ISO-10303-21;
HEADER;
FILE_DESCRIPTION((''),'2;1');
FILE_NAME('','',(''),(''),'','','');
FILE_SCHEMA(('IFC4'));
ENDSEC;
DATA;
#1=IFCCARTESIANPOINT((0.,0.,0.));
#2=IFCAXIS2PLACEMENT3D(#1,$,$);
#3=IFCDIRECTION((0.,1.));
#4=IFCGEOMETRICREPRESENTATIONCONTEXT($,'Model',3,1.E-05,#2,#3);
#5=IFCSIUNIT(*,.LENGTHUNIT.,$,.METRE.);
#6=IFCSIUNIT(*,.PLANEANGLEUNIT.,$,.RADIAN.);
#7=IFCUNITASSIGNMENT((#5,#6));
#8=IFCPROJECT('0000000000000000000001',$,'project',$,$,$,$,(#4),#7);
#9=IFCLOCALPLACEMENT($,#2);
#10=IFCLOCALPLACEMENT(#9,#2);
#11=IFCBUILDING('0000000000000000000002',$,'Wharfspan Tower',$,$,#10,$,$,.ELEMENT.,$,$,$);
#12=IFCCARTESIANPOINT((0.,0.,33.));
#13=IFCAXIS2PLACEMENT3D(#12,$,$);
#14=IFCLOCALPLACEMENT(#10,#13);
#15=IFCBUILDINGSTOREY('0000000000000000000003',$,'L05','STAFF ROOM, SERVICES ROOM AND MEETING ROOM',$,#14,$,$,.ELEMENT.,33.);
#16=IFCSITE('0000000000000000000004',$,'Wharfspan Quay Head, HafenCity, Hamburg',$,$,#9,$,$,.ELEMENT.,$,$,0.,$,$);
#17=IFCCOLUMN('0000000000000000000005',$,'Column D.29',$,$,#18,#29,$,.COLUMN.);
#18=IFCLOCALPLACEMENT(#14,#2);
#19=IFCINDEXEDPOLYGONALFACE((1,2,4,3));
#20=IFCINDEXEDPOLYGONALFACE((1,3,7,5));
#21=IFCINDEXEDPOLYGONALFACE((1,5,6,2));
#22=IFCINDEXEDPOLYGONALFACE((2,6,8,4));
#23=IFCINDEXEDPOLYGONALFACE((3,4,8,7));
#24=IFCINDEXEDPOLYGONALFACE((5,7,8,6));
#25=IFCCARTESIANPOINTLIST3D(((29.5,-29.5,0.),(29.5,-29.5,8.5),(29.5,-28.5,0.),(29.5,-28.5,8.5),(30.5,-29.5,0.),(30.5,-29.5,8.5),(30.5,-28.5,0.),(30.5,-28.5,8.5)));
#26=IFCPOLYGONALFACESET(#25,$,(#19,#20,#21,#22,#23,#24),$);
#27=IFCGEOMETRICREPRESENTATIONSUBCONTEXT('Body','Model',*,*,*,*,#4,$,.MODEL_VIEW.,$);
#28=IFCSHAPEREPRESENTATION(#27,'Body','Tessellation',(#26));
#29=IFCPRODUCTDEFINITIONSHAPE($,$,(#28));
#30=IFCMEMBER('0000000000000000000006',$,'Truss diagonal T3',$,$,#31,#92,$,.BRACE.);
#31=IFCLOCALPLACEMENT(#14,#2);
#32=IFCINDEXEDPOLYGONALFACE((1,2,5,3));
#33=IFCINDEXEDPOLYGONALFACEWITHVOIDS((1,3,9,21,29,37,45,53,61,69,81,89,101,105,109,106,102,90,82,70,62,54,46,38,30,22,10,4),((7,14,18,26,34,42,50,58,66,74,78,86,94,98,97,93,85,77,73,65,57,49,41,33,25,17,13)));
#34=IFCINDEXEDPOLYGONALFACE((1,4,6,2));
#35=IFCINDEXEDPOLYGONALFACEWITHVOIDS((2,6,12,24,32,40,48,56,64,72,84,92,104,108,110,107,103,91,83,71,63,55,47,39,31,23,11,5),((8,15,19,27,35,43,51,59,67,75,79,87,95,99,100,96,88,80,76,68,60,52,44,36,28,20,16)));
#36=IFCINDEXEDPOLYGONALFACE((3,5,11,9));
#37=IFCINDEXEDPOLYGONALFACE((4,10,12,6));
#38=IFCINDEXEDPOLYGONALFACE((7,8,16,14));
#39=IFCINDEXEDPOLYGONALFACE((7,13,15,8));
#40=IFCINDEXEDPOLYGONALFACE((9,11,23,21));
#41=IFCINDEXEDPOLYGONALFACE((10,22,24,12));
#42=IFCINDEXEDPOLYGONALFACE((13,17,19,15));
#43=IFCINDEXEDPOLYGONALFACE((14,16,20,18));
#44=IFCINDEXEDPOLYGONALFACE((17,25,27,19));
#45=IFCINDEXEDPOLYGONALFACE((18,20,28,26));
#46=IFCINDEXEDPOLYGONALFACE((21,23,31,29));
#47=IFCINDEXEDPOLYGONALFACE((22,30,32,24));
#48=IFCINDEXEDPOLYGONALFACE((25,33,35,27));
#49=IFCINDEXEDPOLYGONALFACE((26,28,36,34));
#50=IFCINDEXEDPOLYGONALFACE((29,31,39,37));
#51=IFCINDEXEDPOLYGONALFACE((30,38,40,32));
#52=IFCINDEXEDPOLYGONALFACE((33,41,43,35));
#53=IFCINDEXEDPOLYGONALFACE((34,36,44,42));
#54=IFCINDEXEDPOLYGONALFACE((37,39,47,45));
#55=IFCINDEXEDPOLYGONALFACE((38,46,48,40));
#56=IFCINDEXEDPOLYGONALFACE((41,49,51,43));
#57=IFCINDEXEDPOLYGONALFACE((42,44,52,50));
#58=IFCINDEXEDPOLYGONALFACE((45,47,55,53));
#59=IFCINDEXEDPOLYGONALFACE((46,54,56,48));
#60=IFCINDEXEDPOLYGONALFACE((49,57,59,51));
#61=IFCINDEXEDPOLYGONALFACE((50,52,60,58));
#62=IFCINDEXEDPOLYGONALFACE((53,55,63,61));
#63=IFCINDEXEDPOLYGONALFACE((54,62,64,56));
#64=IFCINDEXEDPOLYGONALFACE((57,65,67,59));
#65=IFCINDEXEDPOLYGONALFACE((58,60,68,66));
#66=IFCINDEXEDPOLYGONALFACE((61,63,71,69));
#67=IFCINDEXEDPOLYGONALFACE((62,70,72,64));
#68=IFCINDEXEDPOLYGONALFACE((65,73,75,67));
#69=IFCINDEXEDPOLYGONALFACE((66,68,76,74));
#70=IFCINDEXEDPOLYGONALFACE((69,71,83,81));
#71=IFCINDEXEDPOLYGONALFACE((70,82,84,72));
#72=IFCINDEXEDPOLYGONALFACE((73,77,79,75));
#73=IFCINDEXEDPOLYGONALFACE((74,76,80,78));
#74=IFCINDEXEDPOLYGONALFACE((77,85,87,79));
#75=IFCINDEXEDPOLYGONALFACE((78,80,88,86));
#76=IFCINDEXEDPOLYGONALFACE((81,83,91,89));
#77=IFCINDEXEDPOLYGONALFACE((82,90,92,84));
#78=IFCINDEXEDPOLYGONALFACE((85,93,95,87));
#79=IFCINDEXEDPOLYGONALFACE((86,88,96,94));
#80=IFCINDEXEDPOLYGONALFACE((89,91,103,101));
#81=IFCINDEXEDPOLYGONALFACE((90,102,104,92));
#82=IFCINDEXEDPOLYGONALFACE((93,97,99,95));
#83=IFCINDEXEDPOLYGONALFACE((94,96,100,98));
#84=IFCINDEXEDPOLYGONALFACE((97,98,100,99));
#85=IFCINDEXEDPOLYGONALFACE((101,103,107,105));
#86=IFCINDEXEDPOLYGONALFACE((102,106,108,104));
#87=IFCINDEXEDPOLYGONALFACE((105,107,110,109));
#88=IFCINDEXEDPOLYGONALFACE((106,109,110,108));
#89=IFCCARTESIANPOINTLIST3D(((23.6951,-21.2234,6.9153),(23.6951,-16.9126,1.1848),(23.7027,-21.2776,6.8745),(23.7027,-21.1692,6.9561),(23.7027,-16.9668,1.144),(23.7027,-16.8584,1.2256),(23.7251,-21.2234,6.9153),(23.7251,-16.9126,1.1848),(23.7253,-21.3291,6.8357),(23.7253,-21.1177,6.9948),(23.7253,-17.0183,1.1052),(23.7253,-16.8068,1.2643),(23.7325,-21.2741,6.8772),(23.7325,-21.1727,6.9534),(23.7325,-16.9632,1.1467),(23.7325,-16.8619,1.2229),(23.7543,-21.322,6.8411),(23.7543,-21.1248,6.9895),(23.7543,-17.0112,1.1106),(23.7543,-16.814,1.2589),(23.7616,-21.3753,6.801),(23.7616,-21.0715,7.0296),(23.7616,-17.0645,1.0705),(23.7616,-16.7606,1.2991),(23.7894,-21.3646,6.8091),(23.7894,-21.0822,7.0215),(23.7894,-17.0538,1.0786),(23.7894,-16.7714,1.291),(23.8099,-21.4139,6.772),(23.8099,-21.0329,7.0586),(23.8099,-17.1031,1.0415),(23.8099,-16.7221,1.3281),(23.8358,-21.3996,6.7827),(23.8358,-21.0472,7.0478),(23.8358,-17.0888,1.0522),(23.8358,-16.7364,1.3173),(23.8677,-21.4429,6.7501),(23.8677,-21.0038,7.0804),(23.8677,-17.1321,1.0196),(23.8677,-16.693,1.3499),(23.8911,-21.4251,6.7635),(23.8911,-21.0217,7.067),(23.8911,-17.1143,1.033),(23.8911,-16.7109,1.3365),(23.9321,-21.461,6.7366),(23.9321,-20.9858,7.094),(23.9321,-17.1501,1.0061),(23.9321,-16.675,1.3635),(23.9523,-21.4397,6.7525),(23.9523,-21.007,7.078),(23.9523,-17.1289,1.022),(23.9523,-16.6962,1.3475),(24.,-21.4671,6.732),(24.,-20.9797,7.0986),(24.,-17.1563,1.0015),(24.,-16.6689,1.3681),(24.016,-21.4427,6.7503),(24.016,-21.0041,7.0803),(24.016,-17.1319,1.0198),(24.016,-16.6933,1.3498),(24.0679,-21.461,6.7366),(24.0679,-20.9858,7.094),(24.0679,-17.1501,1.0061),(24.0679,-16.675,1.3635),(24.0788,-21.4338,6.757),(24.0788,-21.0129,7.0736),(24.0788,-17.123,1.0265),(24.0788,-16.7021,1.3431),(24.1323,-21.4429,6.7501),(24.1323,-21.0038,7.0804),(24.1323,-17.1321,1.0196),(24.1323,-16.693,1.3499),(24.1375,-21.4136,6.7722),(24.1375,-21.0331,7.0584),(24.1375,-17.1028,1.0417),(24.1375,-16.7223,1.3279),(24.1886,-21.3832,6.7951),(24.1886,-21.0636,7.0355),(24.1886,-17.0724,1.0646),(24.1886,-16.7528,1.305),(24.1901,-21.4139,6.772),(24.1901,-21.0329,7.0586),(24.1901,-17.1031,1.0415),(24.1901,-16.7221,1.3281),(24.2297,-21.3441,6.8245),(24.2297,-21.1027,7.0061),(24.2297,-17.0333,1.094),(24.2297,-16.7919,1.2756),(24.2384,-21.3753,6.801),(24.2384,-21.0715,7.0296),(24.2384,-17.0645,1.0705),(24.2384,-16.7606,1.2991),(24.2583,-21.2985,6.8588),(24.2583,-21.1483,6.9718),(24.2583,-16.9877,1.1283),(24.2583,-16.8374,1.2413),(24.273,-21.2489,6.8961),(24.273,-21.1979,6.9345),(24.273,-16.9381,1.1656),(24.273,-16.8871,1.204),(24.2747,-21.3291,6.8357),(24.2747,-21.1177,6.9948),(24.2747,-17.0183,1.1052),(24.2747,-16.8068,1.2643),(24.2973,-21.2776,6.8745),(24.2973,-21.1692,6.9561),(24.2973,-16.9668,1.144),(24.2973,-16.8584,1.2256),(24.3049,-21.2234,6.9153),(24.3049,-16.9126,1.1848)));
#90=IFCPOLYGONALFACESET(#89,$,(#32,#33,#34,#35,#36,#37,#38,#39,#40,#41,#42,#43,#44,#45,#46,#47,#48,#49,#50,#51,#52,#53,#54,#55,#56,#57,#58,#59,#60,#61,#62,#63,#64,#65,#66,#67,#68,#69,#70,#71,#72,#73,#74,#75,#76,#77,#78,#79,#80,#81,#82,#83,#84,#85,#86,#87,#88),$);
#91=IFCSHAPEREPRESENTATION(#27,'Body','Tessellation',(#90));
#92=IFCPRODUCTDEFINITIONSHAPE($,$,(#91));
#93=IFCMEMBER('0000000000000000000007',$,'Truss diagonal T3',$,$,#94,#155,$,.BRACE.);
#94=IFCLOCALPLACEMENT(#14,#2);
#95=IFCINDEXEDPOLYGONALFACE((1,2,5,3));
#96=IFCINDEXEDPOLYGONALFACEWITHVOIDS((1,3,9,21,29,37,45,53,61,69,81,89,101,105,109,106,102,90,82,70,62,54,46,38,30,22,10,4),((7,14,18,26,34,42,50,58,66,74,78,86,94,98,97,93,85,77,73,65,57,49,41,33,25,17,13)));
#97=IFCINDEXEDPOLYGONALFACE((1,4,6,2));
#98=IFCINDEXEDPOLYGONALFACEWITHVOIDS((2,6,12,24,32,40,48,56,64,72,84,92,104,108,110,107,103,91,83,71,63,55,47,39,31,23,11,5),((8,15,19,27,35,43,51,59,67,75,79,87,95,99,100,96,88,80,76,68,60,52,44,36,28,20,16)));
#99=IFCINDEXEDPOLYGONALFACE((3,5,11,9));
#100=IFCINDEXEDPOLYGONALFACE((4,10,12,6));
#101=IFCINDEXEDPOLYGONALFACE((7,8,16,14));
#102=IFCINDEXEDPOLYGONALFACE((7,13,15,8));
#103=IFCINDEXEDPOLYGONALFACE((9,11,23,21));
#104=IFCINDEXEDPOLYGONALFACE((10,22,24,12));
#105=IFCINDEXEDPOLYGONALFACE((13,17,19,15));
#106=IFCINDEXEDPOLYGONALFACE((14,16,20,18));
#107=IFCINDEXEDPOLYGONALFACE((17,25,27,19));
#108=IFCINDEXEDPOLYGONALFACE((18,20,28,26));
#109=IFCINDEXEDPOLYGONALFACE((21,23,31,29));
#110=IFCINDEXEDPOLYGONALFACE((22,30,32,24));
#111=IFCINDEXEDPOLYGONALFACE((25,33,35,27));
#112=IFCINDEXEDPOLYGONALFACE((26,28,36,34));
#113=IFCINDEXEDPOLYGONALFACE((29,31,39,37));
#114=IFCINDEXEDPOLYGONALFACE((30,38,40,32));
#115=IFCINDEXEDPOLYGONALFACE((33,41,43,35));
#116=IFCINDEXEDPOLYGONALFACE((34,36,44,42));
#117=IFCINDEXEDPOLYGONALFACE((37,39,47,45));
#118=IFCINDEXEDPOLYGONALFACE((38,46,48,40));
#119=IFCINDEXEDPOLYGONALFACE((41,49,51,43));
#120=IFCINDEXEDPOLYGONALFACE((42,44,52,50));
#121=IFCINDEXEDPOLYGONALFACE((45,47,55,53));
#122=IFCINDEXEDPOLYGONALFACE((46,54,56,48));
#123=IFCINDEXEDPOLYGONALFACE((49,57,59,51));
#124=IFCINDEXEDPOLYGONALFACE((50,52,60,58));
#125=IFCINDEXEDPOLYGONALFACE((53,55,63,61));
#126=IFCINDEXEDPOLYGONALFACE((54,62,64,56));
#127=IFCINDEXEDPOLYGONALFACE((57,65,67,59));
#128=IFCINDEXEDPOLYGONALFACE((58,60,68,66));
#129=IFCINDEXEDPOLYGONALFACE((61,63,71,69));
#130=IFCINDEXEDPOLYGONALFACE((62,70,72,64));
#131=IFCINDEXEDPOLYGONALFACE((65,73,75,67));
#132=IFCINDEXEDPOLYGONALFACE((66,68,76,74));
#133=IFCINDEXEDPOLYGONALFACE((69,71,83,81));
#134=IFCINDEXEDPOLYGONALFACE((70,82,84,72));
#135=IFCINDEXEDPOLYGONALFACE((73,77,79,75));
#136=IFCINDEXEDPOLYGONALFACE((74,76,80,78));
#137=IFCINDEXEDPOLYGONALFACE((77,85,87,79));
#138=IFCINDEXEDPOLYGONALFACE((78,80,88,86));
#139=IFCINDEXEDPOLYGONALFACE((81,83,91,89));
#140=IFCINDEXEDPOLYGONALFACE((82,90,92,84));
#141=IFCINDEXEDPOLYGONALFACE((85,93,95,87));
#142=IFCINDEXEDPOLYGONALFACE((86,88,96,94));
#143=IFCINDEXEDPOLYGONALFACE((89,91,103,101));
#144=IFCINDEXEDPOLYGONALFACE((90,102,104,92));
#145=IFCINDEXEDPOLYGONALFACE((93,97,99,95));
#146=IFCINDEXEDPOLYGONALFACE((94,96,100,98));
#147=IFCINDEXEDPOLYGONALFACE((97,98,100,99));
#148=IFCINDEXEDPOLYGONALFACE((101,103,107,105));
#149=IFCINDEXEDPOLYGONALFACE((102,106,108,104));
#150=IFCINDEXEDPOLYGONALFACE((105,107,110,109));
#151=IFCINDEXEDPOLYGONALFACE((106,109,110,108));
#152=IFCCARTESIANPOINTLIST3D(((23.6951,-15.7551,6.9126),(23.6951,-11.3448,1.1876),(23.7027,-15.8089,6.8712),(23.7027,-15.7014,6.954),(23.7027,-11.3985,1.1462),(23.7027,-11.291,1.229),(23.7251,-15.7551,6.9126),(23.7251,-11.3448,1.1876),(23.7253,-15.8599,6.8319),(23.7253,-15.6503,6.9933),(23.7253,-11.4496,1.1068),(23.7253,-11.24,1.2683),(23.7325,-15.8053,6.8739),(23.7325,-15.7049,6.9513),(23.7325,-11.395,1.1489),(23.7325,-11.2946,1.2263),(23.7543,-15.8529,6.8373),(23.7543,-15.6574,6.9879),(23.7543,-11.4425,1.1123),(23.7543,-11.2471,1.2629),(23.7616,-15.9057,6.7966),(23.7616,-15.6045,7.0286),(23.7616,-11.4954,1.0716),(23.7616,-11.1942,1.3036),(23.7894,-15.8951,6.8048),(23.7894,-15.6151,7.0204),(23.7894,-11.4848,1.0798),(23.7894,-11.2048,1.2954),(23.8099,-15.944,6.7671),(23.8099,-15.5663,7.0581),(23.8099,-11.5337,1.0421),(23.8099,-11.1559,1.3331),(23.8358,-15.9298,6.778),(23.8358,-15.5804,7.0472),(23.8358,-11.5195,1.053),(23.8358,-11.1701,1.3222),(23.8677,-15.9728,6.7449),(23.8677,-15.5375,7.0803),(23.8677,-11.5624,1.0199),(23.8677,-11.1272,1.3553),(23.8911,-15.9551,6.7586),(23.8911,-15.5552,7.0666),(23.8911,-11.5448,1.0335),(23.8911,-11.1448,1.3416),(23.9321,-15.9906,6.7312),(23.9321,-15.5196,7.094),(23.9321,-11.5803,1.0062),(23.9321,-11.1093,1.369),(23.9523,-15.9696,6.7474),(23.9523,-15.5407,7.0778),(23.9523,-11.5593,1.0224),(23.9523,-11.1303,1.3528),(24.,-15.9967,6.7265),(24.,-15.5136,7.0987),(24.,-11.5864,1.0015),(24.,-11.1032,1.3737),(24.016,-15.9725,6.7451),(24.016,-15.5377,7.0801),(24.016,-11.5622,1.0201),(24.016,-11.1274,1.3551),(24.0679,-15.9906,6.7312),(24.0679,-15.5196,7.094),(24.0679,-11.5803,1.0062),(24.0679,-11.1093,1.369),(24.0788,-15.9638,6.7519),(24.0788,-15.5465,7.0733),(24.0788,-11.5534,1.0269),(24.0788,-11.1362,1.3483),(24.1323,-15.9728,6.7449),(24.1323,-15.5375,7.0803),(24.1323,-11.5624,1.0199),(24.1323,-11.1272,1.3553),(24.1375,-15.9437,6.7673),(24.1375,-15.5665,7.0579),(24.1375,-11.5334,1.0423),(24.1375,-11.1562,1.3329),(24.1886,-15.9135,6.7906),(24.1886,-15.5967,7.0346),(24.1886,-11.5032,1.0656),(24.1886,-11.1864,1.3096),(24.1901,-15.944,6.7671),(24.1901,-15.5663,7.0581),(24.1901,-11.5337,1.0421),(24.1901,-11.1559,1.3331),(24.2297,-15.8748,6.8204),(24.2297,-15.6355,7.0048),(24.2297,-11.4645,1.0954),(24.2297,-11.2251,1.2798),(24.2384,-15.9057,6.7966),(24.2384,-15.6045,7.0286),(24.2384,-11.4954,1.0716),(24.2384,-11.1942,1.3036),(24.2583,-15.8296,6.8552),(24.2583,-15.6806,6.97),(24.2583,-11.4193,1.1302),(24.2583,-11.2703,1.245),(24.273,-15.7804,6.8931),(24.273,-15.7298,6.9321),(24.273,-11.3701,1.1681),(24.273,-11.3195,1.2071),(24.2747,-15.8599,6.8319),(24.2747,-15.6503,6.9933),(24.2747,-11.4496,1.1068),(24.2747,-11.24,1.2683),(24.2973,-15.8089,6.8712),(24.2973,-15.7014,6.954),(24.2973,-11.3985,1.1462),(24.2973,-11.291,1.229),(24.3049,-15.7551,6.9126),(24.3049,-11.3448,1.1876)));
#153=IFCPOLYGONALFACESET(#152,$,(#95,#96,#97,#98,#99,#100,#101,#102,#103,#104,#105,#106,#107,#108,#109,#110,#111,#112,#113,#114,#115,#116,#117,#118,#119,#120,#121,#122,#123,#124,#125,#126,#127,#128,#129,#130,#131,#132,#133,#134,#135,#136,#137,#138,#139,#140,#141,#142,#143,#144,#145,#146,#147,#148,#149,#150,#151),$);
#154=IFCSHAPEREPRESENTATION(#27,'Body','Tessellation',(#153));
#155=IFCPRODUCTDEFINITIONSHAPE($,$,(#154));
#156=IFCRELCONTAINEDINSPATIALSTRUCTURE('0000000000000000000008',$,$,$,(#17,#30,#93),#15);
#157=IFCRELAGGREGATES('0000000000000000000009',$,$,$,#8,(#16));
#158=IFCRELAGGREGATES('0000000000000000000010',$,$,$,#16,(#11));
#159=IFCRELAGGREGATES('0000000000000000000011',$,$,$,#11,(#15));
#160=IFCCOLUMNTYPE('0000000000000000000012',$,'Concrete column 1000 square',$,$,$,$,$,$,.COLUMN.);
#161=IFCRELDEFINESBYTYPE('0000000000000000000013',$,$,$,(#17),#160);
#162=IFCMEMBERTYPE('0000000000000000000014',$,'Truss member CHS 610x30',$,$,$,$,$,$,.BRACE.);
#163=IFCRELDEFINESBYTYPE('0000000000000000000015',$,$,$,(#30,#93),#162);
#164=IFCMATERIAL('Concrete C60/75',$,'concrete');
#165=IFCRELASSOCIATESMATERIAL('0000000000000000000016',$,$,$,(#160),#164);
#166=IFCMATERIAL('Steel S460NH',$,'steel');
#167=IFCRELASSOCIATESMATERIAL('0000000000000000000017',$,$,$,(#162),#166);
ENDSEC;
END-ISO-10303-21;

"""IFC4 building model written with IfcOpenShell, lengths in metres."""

from ifc_helpers import new_model, si_unit, direction, frame, origin, origin_2d, place, context, subcontext, project, spatial, rectangle, hollow_circle, extrude, material, material_profile, profile_set, type_object, element, save


model = new_model("IFC4")

# Units and contexts
model_context = context("Model", 3, precision=1e-05, world=origin(), true_north=direction((0.0, 1.0)))
body_context = subcontext(model_context, "Body", "Model", "MODEL_VIEW")
ifc_project = project(units=[si_unit("LENGTHUNIT", "METRE"), si_unit("PLANEANGLEUNIT", "RADIAN")], contexts=[model_context])

# Site, building, storey
site_placement = place(None, origin())
site = spatial("IfcSite", under=ifc_project, at=site_placement, Name="Wharfspan Quay Head, HafenCity, Hamburg", CompositionType="ELEMENT", RefElevation=0.0)
building_placement = place(site_placement, origin())
building = spatial("IfcBuilding", under=site, at=building_placement, Name="Wharfspan Tower", CompositionType="ELEMENT")
storey_placement = place(building_placement, frame((0.0, 0.0, 33.0)))
storey = spatial("IfcBuildingStorey", under=building, at=storey_placement, Name="L05", Description="STAFF ROOM, SERVICES ROOM AND MEETING ROOM", CompositionType="ELEMENT", Elevation=33.0)

# Column
ifc_material_1 = material(Name="Concrete C60/75", Category="concrete")
ifc_material_profile_1 = material_profile(ifc_material_1, rectangle(XDim=1.0, YDim=1.0, at=origin_2d()))
ifc_profile_set_1 = profile_set([ifc_material_profile_1], Name="Concrete C60/75")
column_type = type_object("IfcColumnType", Name="Concrete column 1000 square", PredefinedType="COLUMN", material=ifc_profile_set_1)
column_placement = place(storey_placement, frame((30.0, -29.0, 0.0), z_axis=(0.0, 0.0, 1.0), x_axis=(1.0, 0.0, 0.0)))
element("IfcColumn", 1, at=column_placement, inside=storey, type_object=column_type, Name="Column D.29", PredefinedType="COLUMN", context=body_context, shape_type="SweptSolid", body=[
    extrude(rectangle(XDim=1.0, YDim=1.0, at=origin_2d()), origin(), (0.0, 0.0, 1.0), 8.5),
])

# Members
ifc_material_2 = material(Name="Steel S460NH", Category="steel")
ifc_material_profile_2 = material_profile(ifc_material_2, hollow_circle(Radius=0.3049, WallThickness=0.03, at=origin_2d()))
ifc_profile_set_2 = profile_set([ifc_material_profile_2], Name="Steel S460NH")
member_type_1 = type_object("IfcMemberType", Name="Truss member CHS 610x30", PredefinedType="BRACE", material=ifc_profile_set_2)
member_1_placement = place(storey_placement, frame((24.0, -21.2234, 6.9153), z_axis=(0.0, 0.601154, -0.799133), x_axis=(-1.0, 0.0, 0.0)))
element("IfcMember", 2, at=member_1_placement, inside=storey, type_object=member_type_1, Name="Truss diagonal T3", PredefinedType="BRACE", context=body_context, shape_type="SweptSolid", body=[
    extrude(hollow_circle(Radius=0.3049, WallThickness=0.03, at=origin_2d()), origin(), (0.0, 0.0, 1.0), 7.1709),
])
member_2_placement = place(storey_placement, frame((24.0, -15.7551, 6.9126), z_axis=(0.0, 0.610274, -0.792191), x_axis=(-1.0, 0.0, 0.0)))
element("IfcMember", 3, at=member_2_placement, inside=storey, type_object=member_type_1, Name="Truss diagonal T3", PredefinedType="BRACE", context=body_context, shape_type="SweptSolid", body=[
    extrude(hollow_circle(Radius=0.3049, WallThickness=0.03, at=origin_2d()), origin(), (0.0, 0.0, 1.0), 7.2268),
])

save(model, "model.ifc")
